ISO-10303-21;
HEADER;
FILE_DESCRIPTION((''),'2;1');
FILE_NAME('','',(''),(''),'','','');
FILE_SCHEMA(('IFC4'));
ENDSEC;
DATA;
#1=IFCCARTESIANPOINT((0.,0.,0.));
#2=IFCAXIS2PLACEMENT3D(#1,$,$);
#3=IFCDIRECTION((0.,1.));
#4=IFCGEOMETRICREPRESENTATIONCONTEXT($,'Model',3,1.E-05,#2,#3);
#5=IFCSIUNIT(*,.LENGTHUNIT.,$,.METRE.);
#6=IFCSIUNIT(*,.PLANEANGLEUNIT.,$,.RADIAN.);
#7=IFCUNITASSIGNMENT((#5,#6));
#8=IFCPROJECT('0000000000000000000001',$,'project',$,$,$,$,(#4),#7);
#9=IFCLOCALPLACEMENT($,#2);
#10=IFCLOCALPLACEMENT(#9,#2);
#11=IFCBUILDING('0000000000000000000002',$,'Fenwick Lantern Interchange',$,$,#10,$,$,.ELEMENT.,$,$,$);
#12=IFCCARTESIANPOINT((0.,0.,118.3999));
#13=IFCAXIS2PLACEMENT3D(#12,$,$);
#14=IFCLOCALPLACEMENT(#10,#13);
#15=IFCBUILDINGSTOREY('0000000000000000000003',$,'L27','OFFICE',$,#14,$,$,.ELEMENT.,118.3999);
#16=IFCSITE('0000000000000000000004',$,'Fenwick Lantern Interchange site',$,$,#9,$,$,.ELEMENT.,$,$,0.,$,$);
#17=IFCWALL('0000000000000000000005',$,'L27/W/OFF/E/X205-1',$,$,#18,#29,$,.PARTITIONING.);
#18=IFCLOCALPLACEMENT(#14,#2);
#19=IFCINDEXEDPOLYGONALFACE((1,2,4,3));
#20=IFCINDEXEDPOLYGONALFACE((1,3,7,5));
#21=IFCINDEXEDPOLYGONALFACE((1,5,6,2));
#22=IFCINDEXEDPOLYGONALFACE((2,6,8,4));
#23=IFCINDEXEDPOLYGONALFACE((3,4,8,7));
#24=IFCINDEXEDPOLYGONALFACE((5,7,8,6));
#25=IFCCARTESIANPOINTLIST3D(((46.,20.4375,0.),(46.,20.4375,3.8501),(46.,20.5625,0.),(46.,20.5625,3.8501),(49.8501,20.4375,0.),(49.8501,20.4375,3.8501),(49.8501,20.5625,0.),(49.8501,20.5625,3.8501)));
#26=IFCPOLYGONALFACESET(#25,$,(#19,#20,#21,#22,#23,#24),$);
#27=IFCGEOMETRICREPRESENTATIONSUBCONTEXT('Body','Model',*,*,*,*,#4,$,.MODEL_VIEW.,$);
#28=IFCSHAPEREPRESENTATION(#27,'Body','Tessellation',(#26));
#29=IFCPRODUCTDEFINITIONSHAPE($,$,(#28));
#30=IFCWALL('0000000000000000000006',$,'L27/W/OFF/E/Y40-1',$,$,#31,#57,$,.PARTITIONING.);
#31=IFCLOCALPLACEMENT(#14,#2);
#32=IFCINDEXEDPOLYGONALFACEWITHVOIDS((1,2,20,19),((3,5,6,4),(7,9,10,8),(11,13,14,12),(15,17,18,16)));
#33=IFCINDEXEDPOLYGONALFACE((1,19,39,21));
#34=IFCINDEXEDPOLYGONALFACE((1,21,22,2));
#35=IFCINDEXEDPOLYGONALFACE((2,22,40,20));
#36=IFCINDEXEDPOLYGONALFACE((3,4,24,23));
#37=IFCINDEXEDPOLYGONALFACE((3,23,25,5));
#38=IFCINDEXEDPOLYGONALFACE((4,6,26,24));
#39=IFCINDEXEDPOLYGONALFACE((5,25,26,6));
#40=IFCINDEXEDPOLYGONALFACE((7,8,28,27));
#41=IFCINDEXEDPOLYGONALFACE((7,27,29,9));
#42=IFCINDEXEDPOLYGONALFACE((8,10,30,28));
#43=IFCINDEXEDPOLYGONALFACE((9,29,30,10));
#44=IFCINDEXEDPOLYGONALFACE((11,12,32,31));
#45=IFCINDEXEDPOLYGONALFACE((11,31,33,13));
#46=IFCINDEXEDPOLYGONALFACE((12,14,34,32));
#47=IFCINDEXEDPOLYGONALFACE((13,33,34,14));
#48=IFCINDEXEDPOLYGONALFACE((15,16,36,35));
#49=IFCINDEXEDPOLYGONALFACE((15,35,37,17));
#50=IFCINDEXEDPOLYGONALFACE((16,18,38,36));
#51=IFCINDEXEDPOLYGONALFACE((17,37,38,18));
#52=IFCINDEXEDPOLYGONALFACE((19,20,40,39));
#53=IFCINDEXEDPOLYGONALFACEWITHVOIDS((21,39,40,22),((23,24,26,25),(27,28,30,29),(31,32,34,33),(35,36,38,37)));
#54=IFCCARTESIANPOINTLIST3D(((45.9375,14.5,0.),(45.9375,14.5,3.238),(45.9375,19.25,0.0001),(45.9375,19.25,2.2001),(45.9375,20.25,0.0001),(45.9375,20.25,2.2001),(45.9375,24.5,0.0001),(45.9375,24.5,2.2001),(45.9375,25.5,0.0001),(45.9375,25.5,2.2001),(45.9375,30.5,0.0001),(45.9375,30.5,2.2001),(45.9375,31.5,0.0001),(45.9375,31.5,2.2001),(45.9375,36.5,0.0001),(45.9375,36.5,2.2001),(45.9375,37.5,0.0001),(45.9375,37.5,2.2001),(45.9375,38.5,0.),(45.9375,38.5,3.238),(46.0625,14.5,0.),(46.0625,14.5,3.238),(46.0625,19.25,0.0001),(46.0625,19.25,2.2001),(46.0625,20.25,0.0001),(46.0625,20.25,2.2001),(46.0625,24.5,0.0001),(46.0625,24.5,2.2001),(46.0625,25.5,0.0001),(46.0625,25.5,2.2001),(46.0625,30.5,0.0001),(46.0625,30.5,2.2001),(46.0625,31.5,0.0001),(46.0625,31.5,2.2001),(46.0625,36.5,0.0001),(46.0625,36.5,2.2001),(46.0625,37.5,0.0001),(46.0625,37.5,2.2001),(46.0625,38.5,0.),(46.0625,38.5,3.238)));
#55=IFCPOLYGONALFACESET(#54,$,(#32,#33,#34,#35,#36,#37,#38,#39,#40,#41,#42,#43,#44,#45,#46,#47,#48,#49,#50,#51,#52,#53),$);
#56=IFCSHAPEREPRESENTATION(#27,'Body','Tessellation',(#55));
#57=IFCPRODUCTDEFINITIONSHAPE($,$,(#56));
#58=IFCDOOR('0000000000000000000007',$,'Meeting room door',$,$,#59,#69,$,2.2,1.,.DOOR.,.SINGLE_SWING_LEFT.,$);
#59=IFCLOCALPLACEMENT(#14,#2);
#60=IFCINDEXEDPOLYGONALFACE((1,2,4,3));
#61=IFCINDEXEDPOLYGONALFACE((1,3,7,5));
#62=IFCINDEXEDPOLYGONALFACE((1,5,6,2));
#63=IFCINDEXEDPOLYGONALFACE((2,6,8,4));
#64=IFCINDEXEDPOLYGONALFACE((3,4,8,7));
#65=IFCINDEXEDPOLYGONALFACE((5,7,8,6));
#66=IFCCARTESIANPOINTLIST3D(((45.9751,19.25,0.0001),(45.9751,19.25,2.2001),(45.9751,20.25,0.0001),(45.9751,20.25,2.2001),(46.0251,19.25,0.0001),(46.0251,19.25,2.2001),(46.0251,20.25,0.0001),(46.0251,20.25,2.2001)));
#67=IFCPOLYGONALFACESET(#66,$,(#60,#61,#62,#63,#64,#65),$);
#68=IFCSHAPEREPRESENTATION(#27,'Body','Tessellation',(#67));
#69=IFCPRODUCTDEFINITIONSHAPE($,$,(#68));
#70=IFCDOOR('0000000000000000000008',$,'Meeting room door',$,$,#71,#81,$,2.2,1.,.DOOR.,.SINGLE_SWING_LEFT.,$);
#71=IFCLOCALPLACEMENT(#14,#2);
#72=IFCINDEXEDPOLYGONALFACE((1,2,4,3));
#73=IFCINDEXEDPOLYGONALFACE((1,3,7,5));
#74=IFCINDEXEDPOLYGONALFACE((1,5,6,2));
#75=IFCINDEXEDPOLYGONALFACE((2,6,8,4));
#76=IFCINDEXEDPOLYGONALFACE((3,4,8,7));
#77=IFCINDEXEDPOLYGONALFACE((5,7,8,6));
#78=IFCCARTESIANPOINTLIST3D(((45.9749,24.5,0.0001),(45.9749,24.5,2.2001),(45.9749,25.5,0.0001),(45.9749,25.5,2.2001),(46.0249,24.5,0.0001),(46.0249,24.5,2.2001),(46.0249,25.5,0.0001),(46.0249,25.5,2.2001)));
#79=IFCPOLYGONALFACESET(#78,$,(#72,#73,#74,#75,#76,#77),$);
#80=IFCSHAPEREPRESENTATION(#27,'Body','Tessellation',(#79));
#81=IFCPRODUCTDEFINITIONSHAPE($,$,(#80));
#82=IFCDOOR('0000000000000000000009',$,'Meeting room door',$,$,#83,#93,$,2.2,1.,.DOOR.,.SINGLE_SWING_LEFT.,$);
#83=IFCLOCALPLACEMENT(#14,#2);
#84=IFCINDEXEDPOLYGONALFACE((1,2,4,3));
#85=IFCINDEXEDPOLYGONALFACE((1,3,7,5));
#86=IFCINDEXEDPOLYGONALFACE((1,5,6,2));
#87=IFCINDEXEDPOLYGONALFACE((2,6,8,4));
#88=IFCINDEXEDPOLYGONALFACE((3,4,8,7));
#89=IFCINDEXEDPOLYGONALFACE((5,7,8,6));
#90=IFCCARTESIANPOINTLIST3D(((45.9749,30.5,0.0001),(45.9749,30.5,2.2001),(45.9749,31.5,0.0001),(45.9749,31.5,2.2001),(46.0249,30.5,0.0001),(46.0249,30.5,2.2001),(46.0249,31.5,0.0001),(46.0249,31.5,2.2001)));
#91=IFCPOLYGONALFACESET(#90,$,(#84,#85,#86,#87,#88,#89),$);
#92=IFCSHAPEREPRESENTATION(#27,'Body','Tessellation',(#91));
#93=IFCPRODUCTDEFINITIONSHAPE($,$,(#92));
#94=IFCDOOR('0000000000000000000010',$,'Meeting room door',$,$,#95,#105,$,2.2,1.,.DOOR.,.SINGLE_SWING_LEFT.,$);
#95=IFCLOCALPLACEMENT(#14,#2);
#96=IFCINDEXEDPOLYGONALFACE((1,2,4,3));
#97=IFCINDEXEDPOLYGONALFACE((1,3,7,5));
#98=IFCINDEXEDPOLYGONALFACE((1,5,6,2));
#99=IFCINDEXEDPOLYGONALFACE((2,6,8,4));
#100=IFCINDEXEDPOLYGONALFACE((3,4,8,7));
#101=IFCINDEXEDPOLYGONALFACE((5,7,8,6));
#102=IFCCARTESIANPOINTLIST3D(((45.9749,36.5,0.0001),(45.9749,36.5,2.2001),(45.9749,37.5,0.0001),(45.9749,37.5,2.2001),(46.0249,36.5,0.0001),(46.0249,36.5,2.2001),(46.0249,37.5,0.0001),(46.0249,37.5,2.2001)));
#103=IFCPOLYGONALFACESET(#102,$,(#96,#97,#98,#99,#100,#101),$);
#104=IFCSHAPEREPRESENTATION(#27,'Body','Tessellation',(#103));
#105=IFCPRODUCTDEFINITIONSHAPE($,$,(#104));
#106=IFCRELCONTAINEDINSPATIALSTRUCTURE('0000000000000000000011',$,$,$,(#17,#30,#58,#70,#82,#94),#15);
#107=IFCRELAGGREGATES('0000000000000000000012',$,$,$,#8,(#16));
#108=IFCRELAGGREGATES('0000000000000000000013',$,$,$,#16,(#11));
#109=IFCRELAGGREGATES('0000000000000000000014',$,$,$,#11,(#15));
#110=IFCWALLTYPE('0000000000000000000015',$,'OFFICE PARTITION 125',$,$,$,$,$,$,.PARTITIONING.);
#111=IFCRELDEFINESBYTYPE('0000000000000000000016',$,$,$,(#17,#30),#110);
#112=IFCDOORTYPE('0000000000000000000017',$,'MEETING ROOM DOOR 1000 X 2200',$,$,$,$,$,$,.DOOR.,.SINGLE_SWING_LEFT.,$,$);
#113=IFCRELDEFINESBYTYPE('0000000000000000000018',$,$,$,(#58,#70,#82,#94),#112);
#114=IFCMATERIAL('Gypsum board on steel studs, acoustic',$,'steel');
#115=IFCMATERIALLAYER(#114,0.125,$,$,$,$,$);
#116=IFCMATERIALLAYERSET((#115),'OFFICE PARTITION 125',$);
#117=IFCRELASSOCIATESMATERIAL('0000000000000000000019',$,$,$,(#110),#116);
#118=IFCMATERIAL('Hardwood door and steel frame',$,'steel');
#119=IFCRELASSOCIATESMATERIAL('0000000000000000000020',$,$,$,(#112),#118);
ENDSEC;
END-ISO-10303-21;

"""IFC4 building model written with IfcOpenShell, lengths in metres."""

from ifc_helpers import new_model, si_unit, direction, frame, frame_2d, origin, place, context, subcontext, project, spatial, rectangle, extrude, material, layer, layer_set, type_object, element, fill, save


model = new_model("IFC4")

# Units and contexts
model_context = context("Model", 3, precision=1e-05, world=origin(), true_north=direction((0.0, 1.0)))
body_context = subcontext(model_context, "Body", "Model", "MODEL_VIEW")
ifc_project = project(units=[si_unit("LENGTHUNIT", "METRE"), si_unit("PLANEANGLEUNIT", "RADIAN")], contexts=[model_context])

# Site, building, storey
site_placement = place(None, origin())
site = spatial("IfcSite", under=ifc_project, at=site_placement, Name="Fenwick Lantern Interchange site", CompositionType="ELEMENT", RefElevation=0.0)
building_placement = place(site_placement, origin())
building = spatial("IfcBuilding", under=site, at=building_placement, Name="Fenwick Lantern Interchange", CompositionType="ELEMENT")
storey_placement = place(building_placement, frame((0.0, 0.0, 118.3999)))
storey = spatial("IfcBuildingStorey", under=building, at=storey_placement, Name="L27", Description="OFFICE", CompositionType="ELEMENT", Elevation=118.3999)

# Wall
ifc_material_1 = material(Name="Gypsum board on steel studs, acoustic", Category="steel")
ifc_layer_1 = layer(ifc_material_1, 0.125)
ifc_layer_set_1 = layer_set([ifc_layer_1], Name="OFFICE PARTITION 125")
wall_type = type_object("IfcWallType", Name="OFFICE PARTITION 125", PredefinedType="PARTITIONING", material=ifc_layer_set_1)
wall_1_placement = place(storey_placement, frame((49.8501, 20.5, 0.0), z_axis=(0.0, 0.0, 1.0), x_axis=(-1.0, 0.0, 0.0)))
element("IfcWall", 1, at=wall_1_placement, inside=storey, type_object=wall_type, Name="L27/W/OFF/E/X205-1", PredefinedType="PARTITIONING", context=body_context, shape_type="SweptSolid", body=[
    extrude(rectangle(XDim=3.8501, YDim=0.125, at=frame_2d((1.925, 0.0))), origin(), (0.0, 0.0, 1.0), 3.8501),
])

# Wall, openings, doors
wall_2_placement = place(storey_placement, frame((46.0, 14.5, 0.0), z_axis=(0.0, 0.0, 1.0), x_axis=(0.0, 1.0, 0.0)))
wall_2 = element("IfcWall", 2, at=wall_2_placement, inside=storey, type_object=wall_type, Name="L27/W/OFF/E/Y40-1", PredefinedType="PARTITIONING", context=body_context, shape_type="SweptSolid", body=[
    extrude(rectangle(XDim=24.0, YDim=0.125, at=frame_2d((12.0, 0.0))), origin(), (0.0, 0.0, 1.0), 3.238),
])
opening_1_placement = place(wall_2_placement, frame((4.75, 0.0, 0.0)))
opening_1 = element("IfcOpeningElement", 3, at=opening_1_placement, cuts=wall_2, PredefinedType="OPENING", context=body_context, shape_type="SweptSolid", body=[
    extrude(rectangle(XDim=1.0, YDim=2.2, at=frame_2d((0.5, 1.1001))), frame((0.0, 0.0725, 0.0), z_axis=(0.0, -1.0, 0.0), x_axis=(1.0, 0.0, 0.0)), (0.0, 0.0, 1.0), 0.145),
])
opening_2_placement = place(wall_2_placement, frame((10.0, 0.0, 0.0)))
opening_2 = element("IfcOpeningElement", 4, at=opening_2_placement, cuts=wall_2, PredefinedType="OPENING", context=body_context, shape_type="SweptSolid", body=[
    extrude(rectangle(XDim=1.0, YDim=2.2, at=frame_2d((0.5, 1.1001))), frame((0.0, 0.0725, 0.0), z_axis=(0.0, -1.0, 0.0), x_axis=(1.0, 0.0, 0.0)), (0.0, 0.0, 1.0), 0.145),
])
opening_3_placement = place(wall_2_placement, frame((16.0, 0.0, 0.0)))
opening_3 = element("IfcOpeningElement", 5, at=opening_3_placement, cuts=wall_2, PredefinedType="OPENING", context=body_context, shape_type="SweptSolid", body=[
    extrude(rectangle(XDim=1.0, YDim=2.2, at=frame_2d((0.5, 1.1001))), frame((0.0, 0.0725, 0.0), z_axis=(0.0, -1.0, 0.0), x_axis=(1.0, 0.0, 0.0)), (0.0, 0.0, 1.0), 0.145),
])
opening_4_placement = place(wall_2_placement, frame((22.0, 0.0, 0.0)))
opening_4 = element("IfcOpeningElement", 6, at=opening_4_placement, cuts=wall_2, PredefinedType="OPENING", context=body_context, shape_type="SweptSolid", body=[
    extrude(rectangle(XDim=1.0, YDim=2.2, at=frame_2d((0.5, 1.1001))), frame((0.0, 0.0725, 0.0), z_axis=(0.0, -1.0, 0.0), x_axis=(1.0, 0.0, 0.0)), (0.0, 0.0, 1.0), 0.145),
])
ifc_material_2 = material(Name="Hardwood door and steel frame", Category="steel")
door_type = type_object("IfcDoorType", Name="MEETING ROOM DOOR 1000 X 2200", OperationType="SINGLE_SWING_LEFT", PredefinedType="DOOR", material=ifc_material_2)
door_1_placement = place(opening_1_placement, origin())
door_1 = element("IfcDoor", 7, at=door_1_placement, inside=storey, type_object=door_type, Name="Meeting room door", OperationType="SINGLE_SWING_LEFT", OverallHeight=2.2, OverallWidth=1.0, PredefinedType="DOOR", context=body_context, shape_type="SweptSolid", body=[
    extrude(rectangle(XDim=1.0, YDim=2.2, at=frame_2d((0.5, 1.1001))), frame((0.0, 0.0249, 0.0), z_axis=(0.0, -1.0, 0.0), x_axis=(1.0, 0.0, 0.0)), (0.0, 0.0, 1.0), 0.05),
])
fill(opening_1, door_1)
door_2_placement = place(opening_2_placement, frame((1.0, 0.0, 0.0), z_axis=(0.0, 0.0, 1.0), x_axis=(-1.0, 0.0, 0.0)))
door_2 = element("IfcDoor", 8, at=door_2_placement, inside=storey, type_object=door_type, Name="Meeting room door", OperationType="SINGLE_SWING_LEFT", OverallHeight=2.2, OverallWidth=1.0, PredefinedType="DOOR", context=body_context, shape_type="SweptSolid", body=[
    extrude(rectangle(XDim=1.0, YDim=2.2, at=frame_2d((0.5, 1.1001))), frame((0.0, 0.0249, 0.0), z_axis=(0.0, -1.0, 0.0), x_axis=(1.0, 0.0, 0.0)), (0.0, 0.0, 1.0), 0.05),
])
fill(opening_2, door_2)
door_3_placement = place(opening_3_placement, frame((1.0, 0.0, 0.0), z_axis=(0.0, 0.0, 1.0), x_axis=(-1.0, 0.0, 0.0)))
door_3 = element("IfcDoor", 9, at=door_3_placement, inside=storey, type_object=door_type, Name="Meeting room door", OperationType="SINGLE_SWING_LEFT", OverallHeight=2.2, OverallWidth=1.0, PredefinedType="DOOR", context=body_context, shape_type="SweptSolid", body=[
    extrude(rectangle(XDim=1.0, YDim=2.2, at=frame_2d((0.5, 1.1001))), frame((0.0, 0.0249, 0.0), z_axis=(0.0, -1.0, 0.0), x_axis=(1.0, 0.0, 0.0)), (0.0, 0.0, 1.0), 0.05),
])
fill(opening_3, door_3)
door_4_placement = place(opening_4_placement, frame((1.0, 0.0, 0.0), z_axis=(0.0, 0.0, 1.0), x_axis=(-1.0, 0.0, 0.0)))
door_4 = element("IfcDoor", 10, at=door_4_placement, inside=storey, type_object=door_type, Name="Meeting room door", OperationType="SINGLE_SWING_LEFT", OverallHeight=2.2, OverallWidth=1.0, PredefinedType="DOOR", context=body_context, shape_type="SweptSolid", body=[
    extrude(rectangle(XDim=1.0, YDim=2.2, at=frame_2d((0.5, 1.1001))), frame((0.0, 0.0249, 0.0), z_axis=(0.0, -1.0, 0.0), x_axis=(1.0, 0.0, 0.0)), (0.0, 0.0, 1.0), 0.05),
])
fill(opening_4, door_4)

save(model, "model.ifc")
